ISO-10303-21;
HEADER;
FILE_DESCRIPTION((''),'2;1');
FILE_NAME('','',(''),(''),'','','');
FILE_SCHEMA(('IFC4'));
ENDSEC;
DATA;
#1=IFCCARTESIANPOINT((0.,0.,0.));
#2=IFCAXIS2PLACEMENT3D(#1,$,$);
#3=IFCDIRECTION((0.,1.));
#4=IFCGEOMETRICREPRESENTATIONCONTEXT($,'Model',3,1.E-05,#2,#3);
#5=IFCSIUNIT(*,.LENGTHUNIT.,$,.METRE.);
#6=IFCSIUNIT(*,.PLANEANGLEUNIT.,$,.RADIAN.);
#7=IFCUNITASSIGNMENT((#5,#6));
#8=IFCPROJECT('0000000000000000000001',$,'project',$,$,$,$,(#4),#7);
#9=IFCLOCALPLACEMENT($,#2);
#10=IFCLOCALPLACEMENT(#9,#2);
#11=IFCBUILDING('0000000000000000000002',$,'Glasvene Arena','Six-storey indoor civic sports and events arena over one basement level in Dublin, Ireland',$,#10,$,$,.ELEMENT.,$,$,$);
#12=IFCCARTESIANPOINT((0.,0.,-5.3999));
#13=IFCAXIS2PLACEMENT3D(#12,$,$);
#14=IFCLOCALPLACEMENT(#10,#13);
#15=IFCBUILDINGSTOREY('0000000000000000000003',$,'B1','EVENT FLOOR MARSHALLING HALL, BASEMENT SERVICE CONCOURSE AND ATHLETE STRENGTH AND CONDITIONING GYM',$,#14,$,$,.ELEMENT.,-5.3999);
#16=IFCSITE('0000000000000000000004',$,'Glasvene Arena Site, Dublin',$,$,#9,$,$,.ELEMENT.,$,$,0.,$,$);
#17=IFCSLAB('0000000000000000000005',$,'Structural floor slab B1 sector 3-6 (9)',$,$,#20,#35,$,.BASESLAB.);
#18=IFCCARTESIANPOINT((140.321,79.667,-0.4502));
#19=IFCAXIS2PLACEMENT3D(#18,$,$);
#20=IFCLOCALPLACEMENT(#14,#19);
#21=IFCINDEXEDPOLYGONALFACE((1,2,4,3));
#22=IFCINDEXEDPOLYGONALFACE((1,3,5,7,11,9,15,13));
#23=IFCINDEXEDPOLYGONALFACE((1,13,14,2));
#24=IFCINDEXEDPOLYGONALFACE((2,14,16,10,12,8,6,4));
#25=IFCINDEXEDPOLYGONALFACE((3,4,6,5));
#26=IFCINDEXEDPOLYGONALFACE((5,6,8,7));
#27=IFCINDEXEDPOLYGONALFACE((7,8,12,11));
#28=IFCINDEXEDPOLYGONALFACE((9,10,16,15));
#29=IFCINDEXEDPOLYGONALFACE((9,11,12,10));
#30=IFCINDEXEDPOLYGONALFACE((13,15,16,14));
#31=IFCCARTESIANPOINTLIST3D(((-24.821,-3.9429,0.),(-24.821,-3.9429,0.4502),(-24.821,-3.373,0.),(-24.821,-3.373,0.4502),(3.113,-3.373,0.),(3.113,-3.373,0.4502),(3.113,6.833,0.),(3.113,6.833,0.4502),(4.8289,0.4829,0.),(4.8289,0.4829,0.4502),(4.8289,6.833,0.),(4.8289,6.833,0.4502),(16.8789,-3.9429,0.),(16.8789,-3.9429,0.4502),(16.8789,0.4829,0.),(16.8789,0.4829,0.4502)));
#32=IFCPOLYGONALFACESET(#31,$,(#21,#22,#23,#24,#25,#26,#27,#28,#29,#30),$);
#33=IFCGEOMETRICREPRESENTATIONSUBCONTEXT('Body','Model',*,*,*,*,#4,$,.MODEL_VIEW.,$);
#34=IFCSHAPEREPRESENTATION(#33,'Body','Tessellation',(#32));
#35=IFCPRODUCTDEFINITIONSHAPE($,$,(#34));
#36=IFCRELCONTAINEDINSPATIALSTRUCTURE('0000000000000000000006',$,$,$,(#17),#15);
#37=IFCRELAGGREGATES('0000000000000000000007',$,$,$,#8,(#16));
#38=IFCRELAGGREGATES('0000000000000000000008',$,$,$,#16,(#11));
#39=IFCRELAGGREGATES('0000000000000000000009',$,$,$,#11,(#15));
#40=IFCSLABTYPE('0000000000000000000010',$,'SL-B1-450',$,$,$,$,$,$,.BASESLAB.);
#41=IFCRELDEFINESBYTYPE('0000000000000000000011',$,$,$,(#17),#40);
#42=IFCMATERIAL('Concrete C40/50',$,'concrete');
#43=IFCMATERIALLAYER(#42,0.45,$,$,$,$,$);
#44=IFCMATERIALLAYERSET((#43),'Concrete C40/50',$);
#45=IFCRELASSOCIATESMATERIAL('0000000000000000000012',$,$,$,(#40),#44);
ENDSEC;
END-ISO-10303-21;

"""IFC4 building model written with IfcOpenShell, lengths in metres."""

from ifc_helpers import new_model, si_unit, direction, frame, origin, place, context, subcontext, project, spatial, polyline, outline, extrude, material, layer, layer_set, type_object, element, save


model = new_model("IFC4")

# Units and contexts
model_context = context("Model", 3, precision=1e-05, world=origin(), true_north=direction((0.0, 1.0)))
body_context = subcontext(model_context, "Body", "Model", "MODEL_VIEW")
ifc_project = project(units=[si_unit("LENGTHUNIT", "METRE"), si_unit("PLANEANGLEUNIT", "RADIAN")], contexts=[model_context])

# Site, building, storey
site_placement = place(None, origin())
site = spatial("IfcSite", under=ifc_project, at=site_placement, Name="Glasvene Arena Site, Dublin", CompositionType="ELEMENT", RefElevation=0.0)
building_placement = place(site_placement, origin())
building = spatial("IfcBuilding", under=site, at=building_placement, Name="Glasvene Arena", Description="Six-storey indoor civic sports and events arena over one basement level in Dublin, Ireland", CompositionType="ELEMENT")
storey_placement = place(building_placement, frame((0.0, 0.0, -5.3999)))
storey = spatial("IfcBuildingStorey", under=building, at=storey_placement, Name="B1", Description="EVENT FLOOR MARSHALLING HALL, BASEMENT SERVICE CONCOURSE AND ATHLETE STRENGTH AND CONDITIONING GYM", CompositionType="ELEMENT", Elevation=-5.3999)

# Shared definitions
ifc_material_1 = material(Name="Concrete C40/50", Category="concrete")

# Slab
ifc_layer = layer(ifc_material_1, 0.45)
ifc_layer_set = layer_set([ifc_layer], Name="Concrete C40/50")
slab_type = type_object("IfcSlabType", Name="SL-B1-450", PredefinedType="BASESLAB", material=ifc_layer_set)
slab_placement = place(storey_placement, frame((140.321, 79.667, -0.4502)))
element("IfcSlab", 1, at=slab_placement, inside=storey, type_object=slab_type, Name="Structural floor slab B1 sector 3-6 (9)", PredefinedType="BASESLAB", context=body_context, shape_type="SweptSolid", body=[
    extrude(outline(polyline([(16.8789, -3.9429), (-24.821, -3.9429), (-24.821, -3.373), (3.113, -3.373), (3.113, 6.833), (4.8289, 6.833), (4.8289, 0.4829), (16.8789, 0.4829), (16.8789, -3.9429)])), origin(), (0.0, 0.0, 1.0), 0.4502),
])

save(model, "model.ifc")
